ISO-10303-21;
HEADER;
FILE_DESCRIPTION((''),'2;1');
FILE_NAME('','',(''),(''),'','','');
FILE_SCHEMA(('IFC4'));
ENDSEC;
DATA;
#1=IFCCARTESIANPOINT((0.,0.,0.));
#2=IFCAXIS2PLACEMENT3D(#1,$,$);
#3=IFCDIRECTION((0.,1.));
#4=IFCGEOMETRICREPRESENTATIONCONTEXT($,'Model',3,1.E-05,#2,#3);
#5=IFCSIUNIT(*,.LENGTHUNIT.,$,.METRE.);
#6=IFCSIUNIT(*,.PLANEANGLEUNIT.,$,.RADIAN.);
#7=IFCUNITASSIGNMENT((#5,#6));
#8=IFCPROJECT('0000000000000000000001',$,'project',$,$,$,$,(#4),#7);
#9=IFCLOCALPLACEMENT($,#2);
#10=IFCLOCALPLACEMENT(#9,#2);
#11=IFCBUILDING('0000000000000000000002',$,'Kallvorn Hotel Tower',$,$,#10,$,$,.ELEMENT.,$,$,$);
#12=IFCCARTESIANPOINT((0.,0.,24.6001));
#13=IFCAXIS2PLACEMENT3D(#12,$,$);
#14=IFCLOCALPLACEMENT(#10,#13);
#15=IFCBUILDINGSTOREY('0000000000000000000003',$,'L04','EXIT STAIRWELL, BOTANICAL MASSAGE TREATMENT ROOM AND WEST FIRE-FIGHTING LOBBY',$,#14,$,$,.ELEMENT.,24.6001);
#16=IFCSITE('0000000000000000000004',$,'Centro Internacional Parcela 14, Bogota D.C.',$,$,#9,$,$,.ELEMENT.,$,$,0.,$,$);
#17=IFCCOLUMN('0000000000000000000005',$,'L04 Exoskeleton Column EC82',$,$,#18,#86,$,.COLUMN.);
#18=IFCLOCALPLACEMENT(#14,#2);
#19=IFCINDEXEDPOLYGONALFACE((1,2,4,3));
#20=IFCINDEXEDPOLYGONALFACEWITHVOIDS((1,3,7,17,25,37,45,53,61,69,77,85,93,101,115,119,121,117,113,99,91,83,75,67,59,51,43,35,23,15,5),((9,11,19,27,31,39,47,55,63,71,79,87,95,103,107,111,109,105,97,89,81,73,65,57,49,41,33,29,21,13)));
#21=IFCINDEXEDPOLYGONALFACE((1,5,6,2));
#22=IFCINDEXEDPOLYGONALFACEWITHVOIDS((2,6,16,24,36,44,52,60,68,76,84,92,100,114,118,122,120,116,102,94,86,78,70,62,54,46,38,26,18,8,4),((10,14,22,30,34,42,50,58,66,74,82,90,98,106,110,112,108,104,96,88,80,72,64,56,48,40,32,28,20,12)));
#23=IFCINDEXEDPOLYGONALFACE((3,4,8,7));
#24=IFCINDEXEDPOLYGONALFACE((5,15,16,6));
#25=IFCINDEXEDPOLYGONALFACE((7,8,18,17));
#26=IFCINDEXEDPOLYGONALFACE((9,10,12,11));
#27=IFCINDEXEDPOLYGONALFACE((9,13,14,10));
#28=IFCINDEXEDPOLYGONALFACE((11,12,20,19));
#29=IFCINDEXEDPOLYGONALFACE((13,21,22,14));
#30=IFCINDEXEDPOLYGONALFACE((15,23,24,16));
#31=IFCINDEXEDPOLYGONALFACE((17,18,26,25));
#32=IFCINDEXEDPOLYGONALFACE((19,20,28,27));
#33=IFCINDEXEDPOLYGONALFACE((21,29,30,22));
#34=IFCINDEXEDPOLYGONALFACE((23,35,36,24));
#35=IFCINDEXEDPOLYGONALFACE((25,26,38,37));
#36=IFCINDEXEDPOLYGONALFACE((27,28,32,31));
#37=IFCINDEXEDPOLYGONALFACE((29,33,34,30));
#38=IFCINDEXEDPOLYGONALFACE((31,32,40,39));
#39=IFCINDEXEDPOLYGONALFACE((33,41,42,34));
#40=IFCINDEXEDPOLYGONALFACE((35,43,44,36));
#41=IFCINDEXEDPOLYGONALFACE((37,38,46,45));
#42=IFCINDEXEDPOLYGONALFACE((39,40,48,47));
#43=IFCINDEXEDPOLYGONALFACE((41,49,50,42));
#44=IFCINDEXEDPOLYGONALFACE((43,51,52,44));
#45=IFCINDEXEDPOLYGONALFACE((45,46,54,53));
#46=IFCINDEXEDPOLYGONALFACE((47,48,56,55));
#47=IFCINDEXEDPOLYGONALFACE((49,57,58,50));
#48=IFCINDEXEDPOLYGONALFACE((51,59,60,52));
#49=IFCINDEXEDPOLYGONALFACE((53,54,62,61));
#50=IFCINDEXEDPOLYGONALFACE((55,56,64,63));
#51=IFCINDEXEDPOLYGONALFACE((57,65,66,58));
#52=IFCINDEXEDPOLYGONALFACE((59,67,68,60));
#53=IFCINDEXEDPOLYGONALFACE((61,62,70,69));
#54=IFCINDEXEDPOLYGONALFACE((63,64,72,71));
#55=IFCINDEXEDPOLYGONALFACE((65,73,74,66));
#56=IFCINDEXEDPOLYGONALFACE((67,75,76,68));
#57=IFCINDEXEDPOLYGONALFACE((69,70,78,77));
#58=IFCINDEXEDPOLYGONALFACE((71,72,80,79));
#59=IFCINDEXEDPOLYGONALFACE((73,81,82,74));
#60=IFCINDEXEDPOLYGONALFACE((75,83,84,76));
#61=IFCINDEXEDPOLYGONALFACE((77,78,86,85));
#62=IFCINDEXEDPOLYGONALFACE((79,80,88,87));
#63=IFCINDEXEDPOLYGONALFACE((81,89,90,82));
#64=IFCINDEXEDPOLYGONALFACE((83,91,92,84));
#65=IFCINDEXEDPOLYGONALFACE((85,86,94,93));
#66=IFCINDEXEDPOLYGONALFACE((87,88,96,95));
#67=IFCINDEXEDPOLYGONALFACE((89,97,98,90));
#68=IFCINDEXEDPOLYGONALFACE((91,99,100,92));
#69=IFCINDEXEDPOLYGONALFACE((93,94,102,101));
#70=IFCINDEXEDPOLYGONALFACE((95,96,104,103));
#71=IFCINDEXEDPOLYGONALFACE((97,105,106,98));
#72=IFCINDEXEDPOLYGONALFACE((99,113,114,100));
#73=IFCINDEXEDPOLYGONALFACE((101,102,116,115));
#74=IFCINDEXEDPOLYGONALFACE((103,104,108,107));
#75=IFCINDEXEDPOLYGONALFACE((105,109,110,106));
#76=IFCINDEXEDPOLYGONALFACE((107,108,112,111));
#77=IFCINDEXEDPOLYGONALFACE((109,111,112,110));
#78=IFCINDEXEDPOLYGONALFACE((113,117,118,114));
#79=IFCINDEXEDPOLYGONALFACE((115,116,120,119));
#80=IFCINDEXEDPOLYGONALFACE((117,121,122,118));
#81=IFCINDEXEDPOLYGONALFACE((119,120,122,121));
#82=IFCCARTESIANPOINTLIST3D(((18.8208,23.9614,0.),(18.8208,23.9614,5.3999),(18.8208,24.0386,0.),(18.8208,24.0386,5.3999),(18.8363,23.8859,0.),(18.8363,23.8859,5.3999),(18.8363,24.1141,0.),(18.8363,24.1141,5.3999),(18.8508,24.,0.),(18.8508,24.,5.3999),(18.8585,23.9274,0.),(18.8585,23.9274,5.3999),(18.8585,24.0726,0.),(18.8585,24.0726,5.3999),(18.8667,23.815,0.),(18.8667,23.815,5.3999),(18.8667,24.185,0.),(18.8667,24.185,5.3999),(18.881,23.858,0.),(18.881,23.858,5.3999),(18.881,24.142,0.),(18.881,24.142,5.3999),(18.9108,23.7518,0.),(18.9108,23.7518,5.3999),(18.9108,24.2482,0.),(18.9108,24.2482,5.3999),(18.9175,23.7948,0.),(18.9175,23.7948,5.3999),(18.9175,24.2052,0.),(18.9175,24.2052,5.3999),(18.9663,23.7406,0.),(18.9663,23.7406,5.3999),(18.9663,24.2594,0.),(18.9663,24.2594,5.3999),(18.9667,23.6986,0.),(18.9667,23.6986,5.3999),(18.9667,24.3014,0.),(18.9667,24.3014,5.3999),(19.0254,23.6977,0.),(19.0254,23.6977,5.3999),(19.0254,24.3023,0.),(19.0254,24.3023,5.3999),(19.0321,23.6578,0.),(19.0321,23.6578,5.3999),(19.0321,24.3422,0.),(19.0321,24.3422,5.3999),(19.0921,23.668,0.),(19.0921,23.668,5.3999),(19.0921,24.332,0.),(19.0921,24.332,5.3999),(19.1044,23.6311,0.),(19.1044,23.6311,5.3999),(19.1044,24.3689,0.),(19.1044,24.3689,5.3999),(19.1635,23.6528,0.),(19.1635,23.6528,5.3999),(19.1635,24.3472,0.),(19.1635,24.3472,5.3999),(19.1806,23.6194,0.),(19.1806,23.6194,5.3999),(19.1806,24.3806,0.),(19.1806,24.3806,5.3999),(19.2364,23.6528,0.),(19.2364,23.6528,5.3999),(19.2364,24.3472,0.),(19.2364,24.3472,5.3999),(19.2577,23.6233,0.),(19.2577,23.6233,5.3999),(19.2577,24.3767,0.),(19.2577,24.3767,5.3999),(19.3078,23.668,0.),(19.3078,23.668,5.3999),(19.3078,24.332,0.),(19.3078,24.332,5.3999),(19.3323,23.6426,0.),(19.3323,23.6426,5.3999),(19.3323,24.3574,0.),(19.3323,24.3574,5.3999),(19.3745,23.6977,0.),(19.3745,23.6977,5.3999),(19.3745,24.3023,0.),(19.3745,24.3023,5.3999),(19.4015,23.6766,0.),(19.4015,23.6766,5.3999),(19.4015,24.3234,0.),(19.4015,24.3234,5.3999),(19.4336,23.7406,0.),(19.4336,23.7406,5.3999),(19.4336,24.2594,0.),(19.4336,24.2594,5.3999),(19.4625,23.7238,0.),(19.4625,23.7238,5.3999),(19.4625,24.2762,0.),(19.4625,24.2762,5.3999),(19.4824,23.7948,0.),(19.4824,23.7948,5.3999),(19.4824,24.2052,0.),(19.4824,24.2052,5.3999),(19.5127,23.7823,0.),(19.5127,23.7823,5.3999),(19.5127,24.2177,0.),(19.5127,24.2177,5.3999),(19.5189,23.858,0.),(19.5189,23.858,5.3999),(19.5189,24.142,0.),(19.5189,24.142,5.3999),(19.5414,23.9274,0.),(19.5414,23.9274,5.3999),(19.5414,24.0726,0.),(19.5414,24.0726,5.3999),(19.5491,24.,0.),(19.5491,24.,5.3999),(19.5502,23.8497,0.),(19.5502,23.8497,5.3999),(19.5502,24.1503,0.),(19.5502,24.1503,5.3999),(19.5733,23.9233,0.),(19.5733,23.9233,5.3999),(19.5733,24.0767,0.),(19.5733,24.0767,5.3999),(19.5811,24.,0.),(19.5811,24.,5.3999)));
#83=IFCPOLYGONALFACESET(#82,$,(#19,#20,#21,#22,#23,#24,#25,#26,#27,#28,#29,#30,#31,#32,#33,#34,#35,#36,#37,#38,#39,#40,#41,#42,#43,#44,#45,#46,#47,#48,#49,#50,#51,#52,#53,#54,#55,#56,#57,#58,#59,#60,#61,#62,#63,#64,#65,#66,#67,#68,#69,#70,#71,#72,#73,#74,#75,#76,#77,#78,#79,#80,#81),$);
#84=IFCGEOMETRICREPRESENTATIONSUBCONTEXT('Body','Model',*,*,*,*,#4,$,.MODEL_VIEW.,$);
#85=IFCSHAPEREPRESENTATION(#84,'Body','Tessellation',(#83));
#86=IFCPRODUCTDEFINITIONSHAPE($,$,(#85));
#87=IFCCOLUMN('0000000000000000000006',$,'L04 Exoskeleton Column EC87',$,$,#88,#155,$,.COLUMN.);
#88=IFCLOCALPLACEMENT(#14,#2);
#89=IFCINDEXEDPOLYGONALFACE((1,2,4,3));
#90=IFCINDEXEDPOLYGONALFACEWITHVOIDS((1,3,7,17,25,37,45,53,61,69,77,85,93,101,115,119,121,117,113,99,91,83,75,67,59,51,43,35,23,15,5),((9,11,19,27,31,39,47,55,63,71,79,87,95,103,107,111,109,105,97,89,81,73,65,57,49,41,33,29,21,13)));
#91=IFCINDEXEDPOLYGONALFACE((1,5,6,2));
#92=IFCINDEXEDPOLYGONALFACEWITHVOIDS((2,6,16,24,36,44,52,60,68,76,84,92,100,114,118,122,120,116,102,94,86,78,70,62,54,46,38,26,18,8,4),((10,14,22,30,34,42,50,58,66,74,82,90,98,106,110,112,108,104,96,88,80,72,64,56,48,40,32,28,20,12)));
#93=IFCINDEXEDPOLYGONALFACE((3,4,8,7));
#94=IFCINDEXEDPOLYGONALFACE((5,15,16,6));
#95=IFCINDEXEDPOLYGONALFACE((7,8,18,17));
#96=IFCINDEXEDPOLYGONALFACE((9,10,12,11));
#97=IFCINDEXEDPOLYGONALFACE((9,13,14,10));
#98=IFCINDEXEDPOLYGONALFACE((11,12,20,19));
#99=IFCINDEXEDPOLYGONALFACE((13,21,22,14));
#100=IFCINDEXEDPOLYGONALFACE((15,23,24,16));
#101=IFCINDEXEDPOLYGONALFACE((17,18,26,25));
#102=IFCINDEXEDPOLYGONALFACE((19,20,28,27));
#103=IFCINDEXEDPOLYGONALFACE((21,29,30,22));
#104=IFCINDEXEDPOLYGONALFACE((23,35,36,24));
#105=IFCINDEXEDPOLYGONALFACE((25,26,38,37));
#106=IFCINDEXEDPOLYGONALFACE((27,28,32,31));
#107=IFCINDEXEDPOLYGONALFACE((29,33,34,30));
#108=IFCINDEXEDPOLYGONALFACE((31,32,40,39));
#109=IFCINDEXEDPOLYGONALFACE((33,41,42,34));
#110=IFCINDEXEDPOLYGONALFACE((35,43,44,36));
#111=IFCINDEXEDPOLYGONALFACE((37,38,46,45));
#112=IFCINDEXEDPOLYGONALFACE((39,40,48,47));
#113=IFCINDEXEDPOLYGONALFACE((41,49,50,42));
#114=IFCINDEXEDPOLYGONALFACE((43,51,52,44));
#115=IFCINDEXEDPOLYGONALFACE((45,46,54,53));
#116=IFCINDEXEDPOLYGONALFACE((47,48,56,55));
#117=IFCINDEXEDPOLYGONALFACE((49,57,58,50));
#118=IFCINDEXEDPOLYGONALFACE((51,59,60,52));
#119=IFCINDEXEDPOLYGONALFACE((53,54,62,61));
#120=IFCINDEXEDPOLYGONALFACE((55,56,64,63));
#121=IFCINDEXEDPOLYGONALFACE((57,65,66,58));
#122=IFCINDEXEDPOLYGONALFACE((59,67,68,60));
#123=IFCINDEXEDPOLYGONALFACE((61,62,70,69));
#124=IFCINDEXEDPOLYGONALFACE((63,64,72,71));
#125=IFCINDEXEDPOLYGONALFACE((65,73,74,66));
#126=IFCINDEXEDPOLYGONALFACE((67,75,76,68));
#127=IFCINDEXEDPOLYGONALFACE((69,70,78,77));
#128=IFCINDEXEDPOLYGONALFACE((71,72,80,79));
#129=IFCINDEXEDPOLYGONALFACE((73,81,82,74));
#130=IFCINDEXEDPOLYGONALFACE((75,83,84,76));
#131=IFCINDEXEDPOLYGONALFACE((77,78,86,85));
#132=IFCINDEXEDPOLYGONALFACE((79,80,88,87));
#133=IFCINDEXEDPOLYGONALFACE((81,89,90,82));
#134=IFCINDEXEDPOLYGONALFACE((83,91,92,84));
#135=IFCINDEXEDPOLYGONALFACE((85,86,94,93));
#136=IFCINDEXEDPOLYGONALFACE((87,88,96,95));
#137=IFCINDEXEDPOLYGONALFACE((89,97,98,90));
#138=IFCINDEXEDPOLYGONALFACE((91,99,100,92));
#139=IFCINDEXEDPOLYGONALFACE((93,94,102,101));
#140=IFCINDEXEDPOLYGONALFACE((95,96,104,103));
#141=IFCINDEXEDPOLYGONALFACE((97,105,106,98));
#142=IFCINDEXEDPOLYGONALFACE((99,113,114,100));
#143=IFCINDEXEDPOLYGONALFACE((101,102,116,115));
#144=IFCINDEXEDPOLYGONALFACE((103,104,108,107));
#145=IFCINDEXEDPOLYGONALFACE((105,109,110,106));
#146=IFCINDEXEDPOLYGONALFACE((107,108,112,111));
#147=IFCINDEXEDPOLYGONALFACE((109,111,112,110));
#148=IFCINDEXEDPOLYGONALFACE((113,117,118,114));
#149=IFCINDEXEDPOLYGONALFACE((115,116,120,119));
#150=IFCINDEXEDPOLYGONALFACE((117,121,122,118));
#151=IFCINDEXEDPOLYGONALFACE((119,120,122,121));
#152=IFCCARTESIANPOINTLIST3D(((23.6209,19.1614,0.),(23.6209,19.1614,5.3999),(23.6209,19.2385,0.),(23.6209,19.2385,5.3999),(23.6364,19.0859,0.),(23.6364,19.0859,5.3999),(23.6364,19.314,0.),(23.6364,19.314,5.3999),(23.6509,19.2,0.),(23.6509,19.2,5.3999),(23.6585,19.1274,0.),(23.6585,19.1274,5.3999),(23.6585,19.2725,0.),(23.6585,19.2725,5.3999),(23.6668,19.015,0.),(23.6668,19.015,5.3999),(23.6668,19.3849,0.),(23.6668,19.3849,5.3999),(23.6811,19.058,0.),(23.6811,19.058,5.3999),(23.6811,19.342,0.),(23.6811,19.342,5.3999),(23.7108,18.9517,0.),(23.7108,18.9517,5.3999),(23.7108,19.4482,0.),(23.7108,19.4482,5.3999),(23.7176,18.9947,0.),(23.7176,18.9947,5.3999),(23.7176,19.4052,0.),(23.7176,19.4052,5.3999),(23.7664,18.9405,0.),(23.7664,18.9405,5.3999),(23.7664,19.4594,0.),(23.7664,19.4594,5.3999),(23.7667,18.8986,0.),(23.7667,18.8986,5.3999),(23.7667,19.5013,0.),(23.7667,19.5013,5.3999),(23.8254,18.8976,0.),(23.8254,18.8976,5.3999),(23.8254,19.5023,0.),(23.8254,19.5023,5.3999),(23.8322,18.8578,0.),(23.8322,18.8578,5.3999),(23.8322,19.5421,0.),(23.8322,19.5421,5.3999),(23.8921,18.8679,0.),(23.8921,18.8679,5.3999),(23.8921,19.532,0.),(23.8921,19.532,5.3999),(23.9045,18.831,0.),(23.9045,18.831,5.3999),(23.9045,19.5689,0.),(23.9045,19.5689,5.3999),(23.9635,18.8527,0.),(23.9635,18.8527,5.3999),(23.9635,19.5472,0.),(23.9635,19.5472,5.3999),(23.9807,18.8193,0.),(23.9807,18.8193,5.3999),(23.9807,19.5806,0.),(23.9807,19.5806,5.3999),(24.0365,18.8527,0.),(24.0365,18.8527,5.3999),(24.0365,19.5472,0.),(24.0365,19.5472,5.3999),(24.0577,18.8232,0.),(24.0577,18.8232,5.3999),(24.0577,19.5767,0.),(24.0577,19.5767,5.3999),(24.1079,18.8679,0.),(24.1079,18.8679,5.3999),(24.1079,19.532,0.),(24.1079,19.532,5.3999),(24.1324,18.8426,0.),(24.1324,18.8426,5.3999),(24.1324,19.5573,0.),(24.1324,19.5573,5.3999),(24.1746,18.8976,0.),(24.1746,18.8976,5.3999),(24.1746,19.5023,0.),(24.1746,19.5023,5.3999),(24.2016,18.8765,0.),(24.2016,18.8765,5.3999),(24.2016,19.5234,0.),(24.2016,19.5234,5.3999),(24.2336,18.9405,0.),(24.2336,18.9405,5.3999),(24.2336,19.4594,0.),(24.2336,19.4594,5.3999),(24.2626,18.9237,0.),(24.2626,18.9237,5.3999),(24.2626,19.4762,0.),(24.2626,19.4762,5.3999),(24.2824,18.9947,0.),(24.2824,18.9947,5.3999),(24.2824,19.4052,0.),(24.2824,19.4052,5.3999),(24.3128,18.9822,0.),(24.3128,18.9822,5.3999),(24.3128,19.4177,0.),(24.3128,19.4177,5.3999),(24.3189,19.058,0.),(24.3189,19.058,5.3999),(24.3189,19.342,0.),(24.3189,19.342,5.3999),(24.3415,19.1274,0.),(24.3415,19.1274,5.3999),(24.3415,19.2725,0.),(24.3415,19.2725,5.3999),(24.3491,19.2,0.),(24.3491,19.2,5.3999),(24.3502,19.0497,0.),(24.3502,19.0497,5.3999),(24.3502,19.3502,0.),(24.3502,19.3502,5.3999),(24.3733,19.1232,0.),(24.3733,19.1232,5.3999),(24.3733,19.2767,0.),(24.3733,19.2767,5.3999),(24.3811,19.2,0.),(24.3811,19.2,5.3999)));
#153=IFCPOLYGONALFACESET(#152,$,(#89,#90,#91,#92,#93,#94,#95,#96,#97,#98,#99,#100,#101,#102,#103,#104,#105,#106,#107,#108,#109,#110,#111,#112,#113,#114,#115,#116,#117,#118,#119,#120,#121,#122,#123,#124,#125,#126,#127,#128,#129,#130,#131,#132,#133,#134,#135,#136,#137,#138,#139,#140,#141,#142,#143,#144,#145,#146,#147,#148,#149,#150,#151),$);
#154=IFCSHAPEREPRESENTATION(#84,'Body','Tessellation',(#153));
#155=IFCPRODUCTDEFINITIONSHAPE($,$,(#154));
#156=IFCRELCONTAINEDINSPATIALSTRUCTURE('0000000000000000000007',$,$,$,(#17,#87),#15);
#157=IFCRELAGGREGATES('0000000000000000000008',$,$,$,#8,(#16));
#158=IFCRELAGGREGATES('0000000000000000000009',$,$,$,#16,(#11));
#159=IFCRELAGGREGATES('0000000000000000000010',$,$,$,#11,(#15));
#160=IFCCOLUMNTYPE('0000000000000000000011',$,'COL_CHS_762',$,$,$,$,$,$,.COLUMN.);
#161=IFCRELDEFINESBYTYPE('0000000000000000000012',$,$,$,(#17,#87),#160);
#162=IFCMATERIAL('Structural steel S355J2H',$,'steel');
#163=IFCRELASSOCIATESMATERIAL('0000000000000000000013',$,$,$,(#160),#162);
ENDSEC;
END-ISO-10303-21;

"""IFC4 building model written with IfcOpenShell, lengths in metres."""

from ifc_helpers import new_model, si_unit, direction, frame, origin, origin_2d, place, context, subcontext, project, spatial, hollow_circle, extrude, material, material_profile, profile_set, type_object, element, save


model = new_model("IFC4")

# Units and contexts
model_context = context("Model", 3, precision=1e-05, world=origin(), true_north=direction((0.0, 1.0)))
body_context = subcontext(model_context, "Body", "Model", "MODEL_VIEW")
ifc_project = project(units=[si_unit("LENGTHUNIT", "METRE"), si_unit("PLANEANGLEUNIT", "RADIAN")], contexts=[model_context])

# Site, building, storey
site_placement = place(None, origin())
site = spatial("IfcSite", under=ifc_project, at=site_placement, Name="Centro Internacional Parcela 14, Bogota D.C.", CompositionType="ELEMENT", RefElevation=0.0)
building_placement = place(site_placement, origin())
building = spatial("IfcBuilding", under=site, at=building_placement, Name="Kallvorn Hotel Tower", CompositionType="ELEMENT")
storey_placement = place(building_placement, frame((0.0, 0.0, 24.6001)))
storey = spatial("IfcBuildingStorey", under=building, at=storey_placement, Name="L04", Description="EXIT STAIRWELL, BOTANICAL MASSAGE TREATMENT ROOM AND WEST FIRE-FIGHTING LOBBY", CompositionType="ELEMENT", Elevation=24.6001)

# Columns
ifc_material_1 = material(Name="Structural steel S355J2H", Category="steel")
ifc_material_profile_1 = material_profile(ifc_material_1, hollow_circle(Radius=0.3811, WallThickness=0.032, at=origin_2d()), Name="CHS 762x32")
ifc_profile_set_1 = profile_set([ifc_material_profile_1], Name="Structural steel S355J2H")
column_type_1 = type_object("IfcColumnType", Name="COL_CHS_762", PredefinedType="COLUMN", material=ifc_profile_set_1)
for number, where, z_axis, x_axis, name in (
    (1, (19.2, 24.0, 0.0), (0.0, 0.0, 1.0), (1.0, 0.0, 0.0), "L04 Exoskeleton Column EC82"),
    (2, (24.0, 19.2, 0.0), (0.0, 0.0, 1.0), (1.0, 0.0, 0.0), "L04 Exoskeleton Column EC87"),
):
    element("IfcColumn", number, at=place(storey_placement, frame(where, z_axis=z_axis, x_axis=x_axis)), inside=storey, type_object=column_type_1, Name=name, PredefinedType="COLUMN", context=body_context, shape_type="SweptSolid", body=[
        extrude(hollow_circle(Radius=0.3811, WallThickness=0.032, at=origin_2d()), origin(), (0.0, 0.0, 1.0), 5.3999),
    ])

save(model, "model.ifc")
